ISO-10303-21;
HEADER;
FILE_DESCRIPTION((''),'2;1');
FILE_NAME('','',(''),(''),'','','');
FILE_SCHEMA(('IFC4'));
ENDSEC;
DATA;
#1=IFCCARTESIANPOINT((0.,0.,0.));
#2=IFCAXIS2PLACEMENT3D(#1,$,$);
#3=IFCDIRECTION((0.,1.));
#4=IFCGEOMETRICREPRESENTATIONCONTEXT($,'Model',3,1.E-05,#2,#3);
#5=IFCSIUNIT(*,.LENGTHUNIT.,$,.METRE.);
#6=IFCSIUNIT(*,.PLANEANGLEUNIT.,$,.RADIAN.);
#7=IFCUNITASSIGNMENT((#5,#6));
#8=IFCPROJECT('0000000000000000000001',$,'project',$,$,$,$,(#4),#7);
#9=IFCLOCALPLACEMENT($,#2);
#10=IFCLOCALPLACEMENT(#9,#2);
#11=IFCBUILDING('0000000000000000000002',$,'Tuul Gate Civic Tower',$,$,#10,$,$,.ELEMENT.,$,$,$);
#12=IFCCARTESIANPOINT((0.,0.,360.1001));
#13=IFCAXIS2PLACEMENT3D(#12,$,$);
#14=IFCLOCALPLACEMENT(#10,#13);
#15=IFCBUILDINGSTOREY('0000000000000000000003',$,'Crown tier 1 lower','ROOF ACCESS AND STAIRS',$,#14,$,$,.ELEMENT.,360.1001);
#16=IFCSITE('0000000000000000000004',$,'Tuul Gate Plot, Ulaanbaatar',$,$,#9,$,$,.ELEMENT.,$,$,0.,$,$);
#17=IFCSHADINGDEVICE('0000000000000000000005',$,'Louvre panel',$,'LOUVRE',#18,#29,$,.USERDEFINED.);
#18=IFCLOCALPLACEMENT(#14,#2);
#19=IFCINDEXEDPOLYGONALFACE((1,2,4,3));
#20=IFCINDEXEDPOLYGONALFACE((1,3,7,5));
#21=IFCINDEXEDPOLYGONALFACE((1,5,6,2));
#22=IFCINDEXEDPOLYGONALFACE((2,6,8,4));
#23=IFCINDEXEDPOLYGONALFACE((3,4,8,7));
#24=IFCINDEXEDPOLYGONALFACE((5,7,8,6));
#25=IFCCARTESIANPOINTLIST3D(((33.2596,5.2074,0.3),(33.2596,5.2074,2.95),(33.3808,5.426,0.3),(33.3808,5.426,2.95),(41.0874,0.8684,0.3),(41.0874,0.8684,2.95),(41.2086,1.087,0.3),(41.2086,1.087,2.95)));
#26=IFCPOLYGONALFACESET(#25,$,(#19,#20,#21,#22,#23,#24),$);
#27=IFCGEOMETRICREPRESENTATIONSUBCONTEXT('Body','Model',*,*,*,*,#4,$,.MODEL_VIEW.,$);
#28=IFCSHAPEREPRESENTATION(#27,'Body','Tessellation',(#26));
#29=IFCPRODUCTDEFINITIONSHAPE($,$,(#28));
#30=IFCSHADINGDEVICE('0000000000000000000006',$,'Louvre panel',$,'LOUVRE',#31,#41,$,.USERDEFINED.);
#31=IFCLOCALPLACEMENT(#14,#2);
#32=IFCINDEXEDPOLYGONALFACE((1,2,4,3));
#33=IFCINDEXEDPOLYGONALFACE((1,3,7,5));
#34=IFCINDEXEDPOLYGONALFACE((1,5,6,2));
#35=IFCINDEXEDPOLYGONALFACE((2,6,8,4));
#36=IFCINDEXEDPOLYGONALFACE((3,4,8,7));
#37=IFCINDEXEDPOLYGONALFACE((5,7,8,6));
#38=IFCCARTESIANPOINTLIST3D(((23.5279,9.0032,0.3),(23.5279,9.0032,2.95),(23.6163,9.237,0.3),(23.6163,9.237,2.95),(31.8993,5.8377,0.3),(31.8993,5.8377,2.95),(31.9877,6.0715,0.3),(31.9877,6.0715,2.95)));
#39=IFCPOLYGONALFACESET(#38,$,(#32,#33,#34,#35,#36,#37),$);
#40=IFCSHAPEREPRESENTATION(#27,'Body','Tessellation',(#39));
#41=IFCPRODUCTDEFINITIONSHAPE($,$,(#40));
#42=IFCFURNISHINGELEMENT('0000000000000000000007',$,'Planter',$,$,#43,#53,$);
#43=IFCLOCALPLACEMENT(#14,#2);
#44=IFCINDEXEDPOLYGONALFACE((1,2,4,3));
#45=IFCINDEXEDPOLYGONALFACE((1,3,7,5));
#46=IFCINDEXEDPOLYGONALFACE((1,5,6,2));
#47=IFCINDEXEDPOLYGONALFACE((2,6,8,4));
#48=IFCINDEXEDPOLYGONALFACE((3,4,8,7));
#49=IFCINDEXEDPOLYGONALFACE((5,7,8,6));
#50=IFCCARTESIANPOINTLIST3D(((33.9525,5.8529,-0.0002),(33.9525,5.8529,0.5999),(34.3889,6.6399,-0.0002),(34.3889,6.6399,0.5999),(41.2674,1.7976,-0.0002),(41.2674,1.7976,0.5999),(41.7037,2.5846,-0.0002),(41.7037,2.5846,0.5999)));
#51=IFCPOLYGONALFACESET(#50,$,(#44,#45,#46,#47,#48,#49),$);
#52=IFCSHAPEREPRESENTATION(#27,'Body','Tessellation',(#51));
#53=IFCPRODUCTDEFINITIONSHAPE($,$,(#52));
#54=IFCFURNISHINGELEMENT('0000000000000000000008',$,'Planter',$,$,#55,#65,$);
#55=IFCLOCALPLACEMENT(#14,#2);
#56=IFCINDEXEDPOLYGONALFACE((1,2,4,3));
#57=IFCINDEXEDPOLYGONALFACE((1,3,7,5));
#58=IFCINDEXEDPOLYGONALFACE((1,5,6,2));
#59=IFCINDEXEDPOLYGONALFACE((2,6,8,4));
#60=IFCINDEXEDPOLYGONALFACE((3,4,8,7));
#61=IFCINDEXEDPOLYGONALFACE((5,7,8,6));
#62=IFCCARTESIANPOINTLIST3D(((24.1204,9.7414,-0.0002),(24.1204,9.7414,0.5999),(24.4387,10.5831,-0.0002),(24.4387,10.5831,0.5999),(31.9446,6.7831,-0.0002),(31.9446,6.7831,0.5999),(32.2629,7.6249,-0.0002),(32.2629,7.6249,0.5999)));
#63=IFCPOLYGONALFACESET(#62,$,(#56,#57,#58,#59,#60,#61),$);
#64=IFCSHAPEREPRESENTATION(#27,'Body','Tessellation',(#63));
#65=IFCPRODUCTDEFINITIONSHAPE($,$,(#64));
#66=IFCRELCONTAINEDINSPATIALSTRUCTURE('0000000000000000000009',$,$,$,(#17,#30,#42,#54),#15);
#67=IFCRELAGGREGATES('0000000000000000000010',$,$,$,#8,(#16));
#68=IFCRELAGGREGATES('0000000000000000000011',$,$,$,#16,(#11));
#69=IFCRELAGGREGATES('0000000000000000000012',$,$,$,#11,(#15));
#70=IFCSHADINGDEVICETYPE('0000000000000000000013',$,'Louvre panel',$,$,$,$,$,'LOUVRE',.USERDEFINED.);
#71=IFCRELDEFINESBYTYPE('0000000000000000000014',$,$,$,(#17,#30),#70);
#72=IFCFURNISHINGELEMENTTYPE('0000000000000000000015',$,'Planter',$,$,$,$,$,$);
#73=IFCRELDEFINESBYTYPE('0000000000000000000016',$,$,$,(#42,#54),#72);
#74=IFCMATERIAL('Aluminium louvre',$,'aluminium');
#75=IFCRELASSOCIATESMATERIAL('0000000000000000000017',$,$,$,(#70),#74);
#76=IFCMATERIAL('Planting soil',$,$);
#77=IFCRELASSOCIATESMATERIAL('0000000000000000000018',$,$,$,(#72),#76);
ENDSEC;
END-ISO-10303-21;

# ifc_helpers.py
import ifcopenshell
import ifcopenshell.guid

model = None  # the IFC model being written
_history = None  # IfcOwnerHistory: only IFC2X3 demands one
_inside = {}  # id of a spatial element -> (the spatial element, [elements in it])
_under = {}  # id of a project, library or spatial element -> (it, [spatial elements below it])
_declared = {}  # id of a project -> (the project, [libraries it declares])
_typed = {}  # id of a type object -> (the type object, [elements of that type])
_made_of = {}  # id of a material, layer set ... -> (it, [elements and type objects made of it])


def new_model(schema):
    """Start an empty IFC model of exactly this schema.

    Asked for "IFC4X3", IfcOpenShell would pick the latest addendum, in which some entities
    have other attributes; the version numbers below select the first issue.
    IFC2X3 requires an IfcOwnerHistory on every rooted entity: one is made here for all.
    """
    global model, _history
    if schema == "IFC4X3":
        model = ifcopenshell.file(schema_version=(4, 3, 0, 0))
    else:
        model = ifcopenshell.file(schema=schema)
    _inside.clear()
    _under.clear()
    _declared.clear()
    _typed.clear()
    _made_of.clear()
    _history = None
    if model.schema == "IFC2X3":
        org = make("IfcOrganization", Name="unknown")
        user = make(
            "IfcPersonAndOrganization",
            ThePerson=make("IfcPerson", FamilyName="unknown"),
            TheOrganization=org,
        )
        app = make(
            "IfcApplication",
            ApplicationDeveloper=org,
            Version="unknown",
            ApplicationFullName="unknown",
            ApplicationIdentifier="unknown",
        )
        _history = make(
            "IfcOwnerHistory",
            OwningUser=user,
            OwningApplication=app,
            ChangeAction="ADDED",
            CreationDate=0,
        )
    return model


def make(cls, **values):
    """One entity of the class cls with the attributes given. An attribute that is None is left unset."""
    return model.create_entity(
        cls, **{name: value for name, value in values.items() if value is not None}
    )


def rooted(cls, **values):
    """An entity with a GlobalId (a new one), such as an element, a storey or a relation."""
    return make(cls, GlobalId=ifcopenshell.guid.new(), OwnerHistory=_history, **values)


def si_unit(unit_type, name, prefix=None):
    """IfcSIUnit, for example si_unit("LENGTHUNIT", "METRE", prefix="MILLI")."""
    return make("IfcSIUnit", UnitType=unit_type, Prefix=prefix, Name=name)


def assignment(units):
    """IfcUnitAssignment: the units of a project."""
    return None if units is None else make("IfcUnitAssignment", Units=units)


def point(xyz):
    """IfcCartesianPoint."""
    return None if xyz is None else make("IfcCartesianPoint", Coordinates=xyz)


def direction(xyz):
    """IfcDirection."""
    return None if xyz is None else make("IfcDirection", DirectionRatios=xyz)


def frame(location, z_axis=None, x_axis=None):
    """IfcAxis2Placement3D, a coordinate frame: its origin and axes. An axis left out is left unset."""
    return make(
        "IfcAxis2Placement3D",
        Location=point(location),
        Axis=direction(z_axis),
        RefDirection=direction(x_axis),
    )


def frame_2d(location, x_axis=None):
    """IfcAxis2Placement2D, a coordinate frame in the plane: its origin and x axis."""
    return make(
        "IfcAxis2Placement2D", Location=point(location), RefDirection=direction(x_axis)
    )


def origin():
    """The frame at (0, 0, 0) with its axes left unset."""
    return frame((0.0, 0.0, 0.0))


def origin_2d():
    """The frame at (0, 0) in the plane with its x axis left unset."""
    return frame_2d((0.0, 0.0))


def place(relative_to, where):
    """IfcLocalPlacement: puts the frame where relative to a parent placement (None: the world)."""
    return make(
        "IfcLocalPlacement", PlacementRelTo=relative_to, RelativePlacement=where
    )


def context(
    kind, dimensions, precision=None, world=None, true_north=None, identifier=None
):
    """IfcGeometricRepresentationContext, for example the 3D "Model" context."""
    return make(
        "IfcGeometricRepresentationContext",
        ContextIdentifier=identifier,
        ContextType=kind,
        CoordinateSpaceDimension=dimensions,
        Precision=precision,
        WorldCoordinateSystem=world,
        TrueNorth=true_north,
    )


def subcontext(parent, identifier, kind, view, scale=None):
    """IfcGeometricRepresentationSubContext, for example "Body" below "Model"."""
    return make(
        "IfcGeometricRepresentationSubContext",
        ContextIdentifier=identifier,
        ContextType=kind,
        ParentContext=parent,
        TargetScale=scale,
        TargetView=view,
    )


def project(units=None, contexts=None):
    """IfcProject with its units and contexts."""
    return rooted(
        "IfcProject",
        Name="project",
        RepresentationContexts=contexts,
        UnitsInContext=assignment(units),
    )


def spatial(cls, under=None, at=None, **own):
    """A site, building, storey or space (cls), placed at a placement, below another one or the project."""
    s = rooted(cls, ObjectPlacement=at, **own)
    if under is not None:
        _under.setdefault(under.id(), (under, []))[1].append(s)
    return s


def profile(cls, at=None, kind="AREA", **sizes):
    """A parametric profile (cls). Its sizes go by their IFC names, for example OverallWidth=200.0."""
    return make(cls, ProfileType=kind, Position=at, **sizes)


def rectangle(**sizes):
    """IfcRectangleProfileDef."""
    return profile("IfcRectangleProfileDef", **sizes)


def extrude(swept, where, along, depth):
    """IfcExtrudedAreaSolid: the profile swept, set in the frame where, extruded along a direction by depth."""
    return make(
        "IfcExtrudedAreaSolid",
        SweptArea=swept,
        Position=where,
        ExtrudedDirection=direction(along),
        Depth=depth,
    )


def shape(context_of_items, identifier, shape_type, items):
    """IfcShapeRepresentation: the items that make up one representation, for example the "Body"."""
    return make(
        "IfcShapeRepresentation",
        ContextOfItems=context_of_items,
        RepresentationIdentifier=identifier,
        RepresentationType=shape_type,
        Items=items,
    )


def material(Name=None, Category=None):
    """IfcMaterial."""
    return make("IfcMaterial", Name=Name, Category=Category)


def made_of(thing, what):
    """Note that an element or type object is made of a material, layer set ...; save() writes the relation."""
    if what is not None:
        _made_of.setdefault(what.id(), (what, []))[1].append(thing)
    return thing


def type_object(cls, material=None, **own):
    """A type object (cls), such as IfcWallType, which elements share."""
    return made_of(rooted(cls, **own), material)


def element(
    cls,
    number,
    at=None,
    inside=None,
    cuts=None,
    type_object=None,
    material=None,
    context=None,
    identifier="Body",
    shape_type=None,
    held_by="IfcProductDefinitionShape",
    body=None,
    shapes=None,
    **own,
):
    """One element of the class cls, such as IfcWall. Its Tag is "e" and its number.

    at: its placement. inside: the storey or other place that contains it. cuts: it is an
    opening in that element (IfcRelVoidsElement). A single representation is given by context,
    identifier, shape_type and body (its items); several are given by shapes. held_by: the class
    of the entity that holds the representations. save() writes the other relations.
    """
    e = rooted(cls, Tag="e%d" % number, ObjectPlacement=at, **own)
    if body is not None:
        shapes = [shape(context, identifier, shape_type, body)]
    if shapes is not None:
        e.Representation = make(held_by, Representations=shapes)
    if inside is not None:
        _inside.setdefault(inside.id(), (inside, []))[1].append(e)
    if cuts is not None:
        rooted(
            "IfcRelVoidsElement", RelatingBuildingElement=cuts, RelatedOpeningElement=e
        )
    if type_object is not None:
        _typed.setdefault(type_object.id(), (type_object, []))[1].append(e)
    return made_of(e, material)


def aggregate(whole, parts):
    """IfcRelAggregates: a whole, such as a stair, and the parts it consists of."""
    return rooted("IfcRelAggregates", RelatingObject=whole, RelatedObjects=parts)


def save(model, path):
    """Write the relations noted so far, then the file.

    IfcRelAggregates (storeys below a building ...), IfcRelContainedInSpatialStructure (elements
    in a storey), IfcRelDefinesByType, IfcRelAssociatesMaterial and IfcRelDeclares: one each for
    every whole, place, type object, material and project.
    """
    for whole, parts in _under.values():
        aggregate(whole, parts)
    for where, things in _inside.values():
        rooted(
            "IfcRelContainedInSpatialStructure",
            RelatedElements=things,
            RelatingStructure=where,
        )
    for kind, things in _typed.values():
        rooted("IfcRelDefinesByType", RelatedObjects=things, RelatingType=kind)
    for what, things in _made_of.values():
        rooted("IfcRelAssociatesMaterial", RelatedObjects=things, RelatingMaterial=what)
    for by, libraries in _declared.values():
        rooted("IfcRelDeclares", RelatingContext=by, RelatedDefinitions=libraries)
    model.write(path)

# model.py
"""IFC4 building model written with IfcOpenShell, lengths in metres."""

from ifc_helpers import new_model, si_unit, direction, frame, origin, origin_2d, place, context, subcontext, project, spatial, rectangle, extrude, material, type_object, element, save


model = new_model("IFC4")

# Units and contexts
model_context = context("Model", 3, precision=1e-05, world=origin(), true_north=direction((0.0, 1.0)))
body_context = subcontext(model_context, "Body", "Model", "MODEL_VIEW")
ifc_project = project(units=[si_unit("LENGTHUNIT", "METRE"), si_unit("PLANEANGLEUNIT", "RADIAN")], contexts=[model_context])

# Site, building, storey
site_placement = place(None, origin())
site = spatial("IfcSite", under=ifc_project, at=site_placement, Name="Tuul Gate Plot, Ulaanbaatar", CompositionType="ELEMENT", RefElevation=0.0)
building_placement = place(site_placement, origin())
building = spatial("IfcBuilding", under=site, at=building_placement, Name="Tuul Gate Civic Tower", CompositionType="ELEMENT")
storey_placement = place(building_placement, frame((0.0, 0.0, 360.1001)))
storey = spatial("IfcBuildingStorey", under=building, at=storey_placement, Name="Crown tier 1 lower", Description="ROOF ACCESS AND STAIRS", CompositionType="ELEMENT", Elevation=360.1001)

# Shading devices
ifc_material_1 = material(Name="Aluminium louvre", Category="aluminium")
shading_device_type = type_object("IfcShadingDeviceType", Name="Louvre panel", ElementType="LOUVRE", PredefinedType="USERDEFINED", material=ifc_material_1)
for number, where, z_axis, x_axis, name in (
    (1, (37.2341, 3.1472, 0.3), (0.0, 0.0, 1.0), (0.484806, 0.874622, 0.0), "Louvre panel"),
    (2, (27.7578, 7.5374, 0.3), (0.0, 0.0, 1.0), (0.353691, 0.935362, 0.0), "Louvre panel"),
):
    element("IfcShadingDevice", number, at=place(storey_placement, frame(where, z_axis=z_axis, x_axis=x_axis)), inside=storey, type_object=shading_device_type, Name=name, ObjectType="LOUVRE", PredefinedType="USERDEFINED", context=body_context, shape_type="SweptSolid", body=[
        extrude(rectangle(XDim=0.25, YDim=8.95, at=origin_2d()), origin(), (0.0, 0.0, 1.0), 2.6499),
    ])

# Furnishing elements
ifc_material_2 = material(Name="Planting soil")
furnishing_element_type = type_object("IfcFurnishingElementType", Name="Planter", material=ifc_material_2)
furnishing_1_placement = place(storey_placement, frame((37.8281, 4.2188, -0.0002), z_axis=(0.0, 0.0, 1.0), x_axis=(-0.874591, 0.484862, 0.0)))
element("IfcFurnishingElement", 3, at=furnishing_1_placement, inside=storey, type_object=furnishing_element_type, Name="Planter", context=body_context, shape_type="SweptSolid", body=[
    extrude(rectangle(XDim=8.3638, YDim=0.8999, at=origin_2d()), origin(), (0.0, 0.0, 1.0), 0.6001),
])
furnishing_2_placement = place(storey_placement, frame((28.1917, 8.6831, -0.0002), z_axis=(0.0, 0.0, 1.0), x_axis=(-0.935375, 0.353657, 0.0)))
element("IfcFurnishingElement", 4, at=furnishing_2_placement, inside=storey, type_object=furnishing_element_type, Name="Planter", context=body_context, shape_type="SweptSolid", body=[
    extrude(rectangle(XDim=8.3647, YDim=0.8999, at=origin_2d()), origin(), (0.0, 0.0, 1.0), 0.6001),
])

save(model, "model.ifc")
